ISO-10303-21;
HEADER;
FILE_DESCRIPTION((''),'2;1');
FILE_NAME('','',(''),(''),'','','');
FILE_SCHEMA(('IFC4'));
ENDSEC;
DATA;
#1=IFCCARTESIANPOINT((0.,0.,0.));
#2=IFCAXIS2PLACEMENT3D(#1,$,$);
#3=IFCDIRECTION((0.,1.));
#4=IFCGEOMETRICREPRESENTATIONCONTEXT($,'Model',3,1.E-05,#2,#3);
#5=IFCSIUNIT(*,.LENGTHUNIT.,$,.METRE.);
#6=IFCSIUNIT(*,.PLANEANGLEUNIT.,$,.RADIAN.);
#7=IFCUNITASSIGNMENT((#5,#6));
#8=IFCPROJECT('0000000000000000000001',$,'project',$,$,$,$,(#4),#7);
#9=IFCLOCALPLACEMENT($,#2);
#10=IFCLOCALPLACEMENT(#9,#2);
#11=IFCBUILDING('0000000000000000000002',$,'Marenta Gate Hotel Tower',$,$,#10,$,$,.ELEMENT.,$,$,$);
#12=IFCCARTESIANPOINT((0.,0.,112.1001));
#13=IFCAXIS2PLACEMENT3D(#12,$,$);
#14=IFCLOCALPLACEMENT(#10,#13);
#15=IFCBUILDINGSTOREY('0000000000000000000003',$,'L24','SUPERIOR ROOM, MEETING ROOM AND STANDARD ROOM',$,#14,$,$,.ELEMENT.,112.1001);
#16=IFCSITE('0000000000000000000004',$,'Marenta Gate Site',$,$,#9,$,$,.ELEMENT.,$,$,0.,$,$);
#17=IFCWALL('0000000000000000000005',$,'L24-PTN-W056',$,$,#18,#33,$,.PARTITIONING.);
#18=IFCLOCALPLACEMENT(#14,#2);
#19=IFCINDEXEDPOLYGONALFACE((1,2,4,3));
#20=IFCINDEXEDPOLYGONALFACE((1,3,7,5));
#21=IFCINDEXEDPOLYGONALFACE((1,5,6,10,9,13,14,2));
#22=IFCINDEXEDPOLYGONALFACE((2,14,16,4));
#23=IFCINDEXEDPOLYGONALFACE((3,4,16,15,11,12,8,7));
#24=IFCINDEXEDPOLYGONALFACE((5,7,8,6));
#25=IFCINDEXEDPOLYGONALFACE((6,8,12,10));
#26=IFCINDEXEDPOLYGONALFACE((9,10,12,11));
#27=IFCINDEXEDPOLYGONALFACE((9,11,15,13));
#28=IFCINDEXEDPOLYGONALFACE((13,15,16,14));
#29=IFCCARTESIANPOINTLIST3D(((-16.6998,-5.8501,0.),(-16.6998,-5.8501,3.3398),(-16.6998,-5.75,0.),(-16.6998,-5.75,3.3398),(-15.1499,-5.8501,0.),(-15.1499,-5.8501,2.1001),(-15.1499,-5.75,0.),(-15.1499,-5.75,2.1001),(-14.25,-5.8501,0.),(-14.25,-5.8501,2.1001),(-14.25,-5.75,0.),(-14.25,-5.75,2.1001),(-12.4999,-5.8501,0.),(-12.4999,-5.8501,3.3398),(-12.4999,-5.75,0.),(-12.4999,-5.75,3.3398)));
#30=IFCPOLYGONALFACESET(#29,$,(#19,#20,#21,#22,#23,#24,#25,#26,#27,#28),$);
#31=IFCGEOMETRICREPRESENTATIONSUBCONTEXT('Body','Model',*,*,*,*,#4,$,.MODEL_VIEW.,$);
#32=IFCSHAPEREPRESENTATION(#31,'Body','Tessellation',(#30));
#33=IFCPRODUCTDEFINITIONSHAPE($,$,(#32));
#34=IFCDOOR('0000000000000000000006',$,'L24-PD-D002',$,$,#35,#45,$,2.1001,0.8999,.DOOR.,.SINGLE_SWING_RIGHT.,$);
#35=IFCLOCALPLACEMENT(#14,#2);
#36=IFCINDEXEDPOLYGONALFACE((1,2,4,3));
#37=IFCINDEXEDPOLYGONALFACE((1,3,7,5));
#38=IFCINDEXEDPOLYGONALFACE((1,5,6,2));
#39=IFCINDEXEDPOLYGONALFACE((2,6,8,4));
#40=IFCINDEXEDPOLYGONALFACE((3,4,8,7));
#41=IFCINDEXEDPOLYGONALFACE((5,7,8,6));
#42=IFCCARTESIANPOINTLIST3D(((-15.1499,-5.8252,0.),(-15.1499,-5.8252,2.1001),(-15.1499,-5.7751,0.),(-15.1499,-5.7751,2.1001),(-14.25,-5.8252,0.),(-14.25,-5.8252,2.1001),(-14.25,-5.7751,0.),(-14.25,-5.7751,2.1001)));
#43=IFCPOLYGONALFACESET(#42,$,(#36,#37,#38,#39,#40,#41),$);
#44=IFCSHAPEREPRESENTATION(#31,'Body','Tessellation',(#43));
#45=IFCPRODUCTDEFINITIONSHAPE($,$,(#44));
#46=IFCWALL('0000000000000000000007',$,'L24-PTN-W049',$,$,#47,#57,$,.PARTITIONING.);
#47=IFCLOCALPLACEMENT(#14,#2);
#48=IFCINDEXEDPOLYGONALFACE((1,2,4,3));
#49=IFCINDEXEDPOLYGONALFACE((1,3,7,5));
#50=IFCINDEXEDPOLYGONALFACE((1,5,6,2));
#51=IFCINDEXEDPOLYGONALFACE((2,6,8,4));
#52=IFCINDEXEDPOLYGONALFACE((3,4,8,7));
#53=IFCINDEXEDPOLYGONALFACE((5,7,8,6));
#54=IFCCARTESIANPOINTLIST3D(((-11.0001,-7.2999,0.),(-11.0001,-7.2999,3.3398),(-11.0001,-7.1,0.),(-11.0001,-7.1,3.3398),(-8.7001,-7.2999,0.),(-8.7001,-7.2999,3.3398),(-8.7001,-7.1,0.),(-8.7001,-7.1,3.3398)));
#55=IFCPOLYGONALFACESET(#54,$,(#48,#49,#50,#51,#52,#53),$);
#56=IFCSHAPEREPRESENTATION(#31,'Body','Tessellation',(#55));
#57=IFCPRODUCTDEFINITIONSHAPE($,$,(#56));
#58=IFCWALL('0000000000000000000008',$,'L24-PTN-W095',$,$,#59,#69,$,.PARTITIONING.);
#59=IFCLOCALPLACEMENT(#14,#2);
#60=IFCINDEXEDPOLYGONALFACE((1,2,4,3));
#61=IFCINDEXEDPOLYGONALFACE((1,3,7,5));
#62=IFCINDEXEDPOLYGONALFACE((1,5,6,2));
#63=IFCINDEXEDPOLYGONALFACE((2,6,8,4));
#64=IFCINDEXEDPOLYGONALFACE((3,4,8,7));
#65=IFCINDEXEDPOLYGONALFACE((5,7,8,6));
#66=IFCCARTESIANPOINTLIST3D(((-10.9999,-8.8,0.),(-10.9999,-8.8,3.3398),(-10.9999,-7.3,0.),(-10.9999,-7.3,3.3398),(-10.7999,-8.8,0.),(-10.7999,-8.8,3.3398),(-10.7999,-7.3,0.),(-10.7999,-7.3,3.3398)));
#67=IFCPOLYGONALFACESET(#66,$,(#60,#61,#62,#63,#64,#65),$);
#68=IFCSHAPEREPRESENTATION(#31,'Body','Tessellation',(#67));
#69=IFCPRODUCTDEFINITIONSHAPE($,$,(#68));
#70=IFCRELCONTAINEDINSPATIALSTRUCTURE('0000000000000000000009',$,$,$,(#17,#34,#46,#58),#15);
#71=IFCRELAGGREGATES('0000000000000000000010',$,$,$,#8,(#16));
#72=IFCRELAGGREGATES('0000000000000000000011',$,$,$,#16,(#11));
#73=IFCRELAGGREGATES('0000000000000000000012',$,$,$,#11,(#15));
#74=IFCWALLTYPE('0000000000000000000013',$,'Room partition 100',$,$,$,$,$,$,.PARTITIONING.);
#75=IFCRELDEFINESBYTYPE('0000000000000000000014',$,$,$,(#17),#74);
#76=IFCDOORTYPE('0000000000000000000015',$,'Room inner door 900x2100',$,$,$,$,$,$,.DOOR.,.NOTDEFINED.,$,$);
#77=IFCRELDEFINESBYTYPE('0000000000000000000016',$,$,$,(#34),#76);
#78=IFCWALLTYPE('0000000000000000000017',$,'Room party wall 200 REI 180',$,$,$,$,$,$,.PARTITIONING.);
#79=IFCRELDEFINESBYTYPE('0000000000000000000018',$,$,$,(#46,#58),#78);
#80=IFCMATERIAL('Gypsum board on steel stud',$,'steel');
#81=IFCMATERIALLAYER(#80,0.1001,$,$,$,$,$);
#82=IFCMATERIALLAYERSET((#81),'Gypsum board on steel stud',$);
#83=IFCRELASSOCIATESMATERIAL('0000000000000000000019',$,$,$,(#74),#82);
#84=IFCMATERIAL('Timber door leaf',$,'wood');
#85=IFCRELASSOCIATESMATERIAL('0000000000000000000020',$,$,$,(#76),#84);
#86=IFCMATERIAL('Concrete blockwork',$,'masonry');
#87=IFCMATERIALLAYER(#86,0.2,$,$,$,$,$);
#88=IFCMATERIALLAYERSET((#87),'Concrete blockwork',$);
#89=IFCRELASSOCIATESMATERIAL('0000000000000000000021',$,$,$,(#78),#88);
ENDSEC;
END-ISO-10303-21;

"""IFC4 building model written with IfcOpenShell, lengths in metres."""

from ifc_helpers import new_model, si_unit, direction, frame, frame_2d, origin, place, context, subcontext, project, spatial, rectangle, extrude, material, layer, layer_set, type_object, element, fill, save


model = new_model("IFC4")

# Units and contexts
model_context = context("Model", 3, precision=1e-05, world=origin(), true_north=direction((0.0, 1.0)))
body_context = subcontext(model_context, "Body", "Model", "MODEL_VIEW")
ifc_project = project(units=[si_unit("LENGTHUNIT", "METRE"), si_unit("PLANEANGLEUNIT", "RADIAN")], contexts=[model_context])

# Site, building, storey
site_placement = place(None, origin())
site = spatial("IfcSite", under=ifc_project, at=site_placement, Name="Marenta Gate Site", CompositionType="ELEMENT", RefElevation=0.0)
building_placement = place(site_placement, origin())
building = spatial("IfcBuilding", under=site, at=building_placement, Name="Marenta Gate Hotel Tower", CompositionType="ELEMENT")
storey_placement = place(building_placement, frame((0.0, 0.0, 112.1001)))
storey = spatial("IfcBuildingStorey", under=building, at=storey_placement, Name="L24", Description="SUPERIOR ROOM, MEETING ROOM AND STANDARD ROOM", CompositionType="ELEMENT", Elevation=112.1001)

# Wall, opening, door
ifc_material_1 = material(Name="Gypsum board on steel stud", Category="steel")
ifc_layer_1 = layer(ifc_material_1, 0.1001)
ifc_layer_set_1 = layer_set([ifc_layer_1], Name="Gypsum board on steel stud")
wall_type_1 = type_object("IfcWallType", Name="Room partition 100", PredefinedType="PARTITIONING", material=ifc_layer_set_1)
wall_1_placement = place(storey_placement, frame((-16.7, -5.8, 0.0), z_axis=(0.0, 0.0, 1.0), x_axis=(1.0, 0.0, 0.0)))
wall_1 = element("IfcWall", 1, at=wall_1_placement, inside=storey, type_object=wall_type_1, Name="L24-PTN-W056", PredefinedType="PARTITIONING", context=body_context, shape_type="SweptSolid", body=[
    extrude(rectangle(XDim=4.2, YDim=0.1001, at=frame_2d((2.1001, 0.0))), origin(), (0.0, 0.0, 1.0), 3.3398),
])
opening_1_placement = place(wall_1_placement, frame((1.55, 0.0, 0.0)))
opening_1 = element("IfcOpeningElement", 2, at=opening_1_placement, cuts=wall_1, PredefinedType="OPENING", context=body_context, shape_type="SweptSolid", body=[
    extrude(rectangle(XDim=0.8999, YDim=2.1001, at=frame_2d((0.45, 1.05))), frame((0.0, 0.05, 0.0), z_axis=(0.0, -1.0, 0.0), x_axis=(1.0, 0.0, 0.0)), (0.0, 0.0, 1.0), 0.1001),
])
ifc_material_2 = material(Name="Timber door leaf", Category="wood")
door_type_1 = type_object("IfcDoorType", Name="Room inner door 900x2100", OperationType="NOTDEFINED", PredefinedType="DOOR", material=ifc_material_2)
door_1_placement = place(opening_1_placement, origin())
door_1 = element("IfcDoor", 3, at=door_1_placement, inside=storey, type_object=door_type_1, Name="L24-PD-D002", OperationType="SINGLE_SWING_RIGHT", OverallHeight=2.1001, OverallWidth=0.8999, PredefinedType="DOOR", context=body_context, shape_type="SweptSolid", body=[
    extrude(rectangle(XDim=0.8999, YDim=2.1001, at=frame_2d((0.45, 1.05))), frame((0.0, 0.0249, 0.0), z_axis=(0.0, -1.0, 0.0), x_axis=(1.0, 0.0, 0.0)), (0.0, 0.0, 1.0), 0.05),
])
fill(opening_1, door_1)

# Walls
ifc_material_3 = material(Name="Concrete blockwork", Category="masonry")
ifc_layer_2 = layer(ifc_material_3, 0.2)
ifc_layer_set_2 = layer_set([ifc_layer_2], Name="Concrete blockwork")
wall_type_2 = type_object("IfcWallType", Name="Room party wall 200 REI 180", PredefinedType="PARTITIONING", material=ifc_layer_set_2)
wall_2_placement = place(storey_placement, frame((-11.0, -7.2, 0.0), z_axis=(0.0, 0.0, 1.0), x_axis=(1.0, 0.0, 0.0)))
element("IfcWall", 4, at=wall_2_placement, inside=storey, type_object=wall_type_2, Name="L24-PTN-W049", PredefinedType="PARTITIONING", context=body_context, shape_type="SweptSolid", body=[
    extrude(rectangle(XDim=2.3, YDim=0.2, at=frame_2d((1.1499, 0.0))), origin(), (0.0, 0.0, 1.0), 3.3398),
])
wall_3_placement = place(storey_placement, frame((-10.8999, -8.8, 0.0), z_axis=(0.0, 0.0, 1.0), x_axis=(0.0, 1.0, 0.0)))
element("IfcWall", 5, at=wall_3_placement, inside=storey, type_object=wall_type_2, Name="L24-PTN-W095", PredefinedType="PARTITIONING", context=body_context, shape_type="SweptSolid", body=[
    extrude(rectangle(XDim=1.5, YDim=0.2, at=frame_2d((0.75, 0.0))), origin(), (0.0, 0.0, 1.0), 3.3398),
])

save(model, "model.ifc")
